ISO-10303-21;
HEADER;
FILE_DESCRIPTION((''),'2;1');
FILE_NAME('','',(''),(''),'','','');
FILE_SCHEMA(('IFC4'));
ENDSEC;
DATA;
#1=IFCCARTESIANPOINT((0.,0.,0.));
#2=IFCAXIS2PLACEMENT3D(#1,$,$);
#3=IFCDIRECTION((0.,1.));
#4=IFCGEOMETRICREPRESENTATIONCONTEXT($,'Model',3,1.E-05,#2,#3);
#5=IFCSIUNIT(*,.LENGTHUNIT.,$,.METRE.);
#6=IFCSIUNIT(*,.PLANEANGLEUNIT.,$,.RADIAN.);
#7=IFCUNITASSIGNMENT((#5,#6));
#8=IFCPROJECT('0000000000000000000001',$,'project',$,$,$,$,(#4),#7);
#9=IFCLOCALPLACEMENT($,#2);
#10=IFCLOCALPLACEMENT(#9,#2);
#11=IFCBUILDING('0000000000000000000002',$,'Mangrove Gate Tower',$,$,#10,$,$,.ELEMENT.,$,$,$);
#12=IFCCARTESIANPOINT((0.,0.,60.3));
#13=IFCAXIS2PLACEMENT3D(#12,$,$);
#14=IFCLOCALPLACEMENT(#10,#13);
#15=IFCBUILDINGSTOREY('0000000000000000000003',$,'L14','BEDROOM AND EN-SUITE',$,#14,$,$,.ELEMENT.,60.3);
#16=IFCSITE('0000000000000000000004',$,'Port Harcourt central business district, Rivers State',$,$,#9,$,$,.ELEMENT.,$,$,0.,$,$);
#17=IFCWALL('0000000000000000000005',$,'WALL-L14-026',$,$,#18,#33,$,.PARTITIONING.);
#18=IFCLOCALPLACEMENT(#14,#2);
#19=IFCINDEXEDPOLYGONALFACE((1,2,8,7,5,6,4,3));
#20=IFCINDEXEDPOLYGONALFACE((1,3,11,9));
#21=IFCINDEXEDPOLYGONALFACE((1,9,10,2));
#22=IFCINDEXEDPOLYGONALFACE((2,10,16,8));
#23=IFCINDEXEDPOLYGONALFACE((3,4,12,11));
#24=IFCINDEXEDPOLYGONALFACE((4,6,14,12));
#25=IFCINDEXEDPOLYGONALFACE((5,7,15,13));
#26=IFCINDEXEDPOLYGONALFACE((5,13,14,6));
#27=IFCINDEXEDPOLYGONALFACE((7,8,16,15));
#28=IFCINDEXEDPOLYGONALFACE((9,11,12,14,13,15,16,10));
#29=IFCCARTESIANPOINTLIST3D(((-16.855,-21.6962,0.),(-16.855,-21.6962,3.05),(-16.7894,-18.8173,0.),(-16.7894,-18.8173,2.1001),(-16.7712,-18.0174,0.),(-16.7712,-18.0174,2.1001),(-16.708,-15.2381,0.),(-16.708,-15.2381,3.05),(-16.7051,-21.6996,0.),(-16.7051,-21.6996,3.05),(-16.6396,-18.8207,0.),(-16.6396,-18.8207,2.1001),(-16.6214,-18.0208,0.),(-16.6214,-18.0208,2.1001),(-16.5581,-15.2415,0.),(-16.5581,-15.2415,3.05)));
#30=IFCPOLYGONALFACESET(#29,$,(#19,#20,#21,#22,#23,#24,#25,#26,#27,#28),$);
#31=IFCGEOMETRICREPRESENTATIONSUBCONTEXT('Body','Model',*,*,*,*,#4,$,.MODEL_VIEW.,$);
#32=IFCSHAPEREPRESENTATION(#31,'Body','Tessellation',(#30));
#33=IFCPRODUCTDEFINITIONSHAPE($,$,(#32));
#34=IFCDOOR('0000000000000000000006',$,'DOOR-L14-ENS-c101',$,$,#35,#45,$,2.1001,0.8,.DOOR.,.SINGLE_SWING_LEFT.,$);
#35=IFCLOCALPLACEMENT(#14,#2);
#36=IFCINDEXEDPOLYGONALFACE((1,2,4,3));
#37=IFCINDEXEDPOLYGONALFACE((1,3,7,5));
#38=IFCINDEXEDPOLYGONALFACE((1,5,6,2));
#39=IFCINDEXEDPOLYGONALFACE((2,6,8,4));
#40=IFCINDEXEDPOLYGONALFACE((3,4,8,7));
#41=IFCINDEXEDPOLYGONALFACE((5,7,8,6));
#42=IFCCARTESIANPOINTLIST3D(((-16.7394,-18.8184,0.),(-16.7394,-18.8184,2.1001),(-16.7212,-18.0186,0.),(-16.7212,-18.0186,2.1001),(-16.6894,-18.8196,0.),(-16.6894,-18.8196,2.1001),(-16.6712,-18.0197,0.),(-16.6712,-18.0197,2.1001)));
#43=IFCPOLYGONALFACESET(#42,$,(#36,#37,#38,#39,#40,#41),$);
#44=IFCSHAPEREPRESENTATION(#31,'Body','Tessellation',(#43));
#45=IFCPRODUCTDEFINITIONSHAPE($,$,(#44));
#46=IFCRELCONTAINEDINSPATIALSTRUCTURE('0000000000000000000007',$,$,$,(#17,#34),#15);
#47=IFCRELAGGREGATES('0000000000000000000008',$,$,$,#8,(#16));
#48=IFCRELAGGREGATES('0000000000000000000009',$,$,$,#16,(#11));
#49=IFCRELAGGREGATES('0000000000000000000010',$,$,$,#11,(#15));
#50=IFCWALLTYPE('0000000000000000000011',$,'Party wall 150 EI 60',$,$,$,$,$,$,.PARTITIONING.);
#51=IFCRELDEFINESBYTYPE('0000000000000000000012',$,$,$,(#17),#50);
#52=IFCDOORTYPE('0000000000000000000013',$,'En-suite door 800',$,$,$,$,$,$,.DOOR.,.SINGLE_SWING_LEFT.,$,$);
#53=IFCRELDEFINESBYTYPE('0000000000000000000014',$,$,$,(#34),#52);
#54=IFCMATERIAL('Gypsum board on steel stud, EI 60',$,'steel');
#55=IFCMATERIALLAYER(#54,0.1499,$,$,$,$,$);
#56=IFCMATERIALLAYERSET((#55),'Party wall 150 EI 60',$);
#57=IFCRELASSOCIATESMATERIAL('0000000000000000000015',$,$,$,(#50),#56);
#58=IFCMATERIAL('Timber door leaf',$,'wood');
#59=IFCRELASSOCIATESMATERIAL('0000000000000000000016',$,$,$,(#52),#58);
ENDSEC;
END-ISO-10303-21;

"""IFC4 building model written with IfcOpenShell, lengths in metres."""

from ifc_helpers import new_model, si_unit, direction, frame, frame_2d, origin, place, context, subcontext, project, spatial, rectangle, extrude, material, layer, layer_set, type_object, element, fill, save


model = new_model("IFC4")

# Units and contexts
model_context = context("Model", 3, precision=1e-05, world=origin(), true_north=direction((0.0, 1.0)))
body_context = subcontext(model_context, "Body", "Model", "MODEL_VIEW")
ifc_project = project(units=[si_unit("LENGTHUNIT", "METRE"), si_unit("PLANEANGLEUNIT", "RADIAN")], contexts=[model_context])

# Site, building, storey
site_placement = place(None, origin())
site = spatial("IfcSite", under=ifc_project, at=site_placement, Name="Port Harcourt central business district, Rivers State", CompositionType="ELEMENT", RefElevation=0.0)
building_placement = place(site_placement, origin())
building = spatial("IfcBuilding", under=site, at=building_placement, Name="Mangrove Gate Tower", CompositionType="ELEMENT")
storey_placement = place(building_placement, frame((0.0, 0.0, 60.3)))
storey = spatial("IfcBuildingStorey", under=building, at=storey_placement, Name="L14", Description="BEDROOM AND EN-SUITE", CompositionType="ELEMENT", Elevation=60.3)

# Shared definitions
ifc_material_1 = material(Name="Gypsum board on steel stud, EI 60", Category="steel")
ifc_layer_1 = layer(ifc_material_1, 0.1499)
ifc_layer_set_1 = layer_set([ifc_layer_1], Name="Party wall 150 EI 60")
wall_type_1 = type_object("IfcWallType", Name="Party wall 150 EI 60", PredefinedType="PARTITIONING", material=ifc_layer_set_1)

# Wall, opening, door
wall_1_placement = place(storey_placement, frame((-16.78, -21.698, 0.0), z_axis=(0.0, 0.0, 1.0), x_axis=(0.022752, 0.999741, 0.0)))
wall_1 = element("IfcWall", 1, at=wall_1_placement, inside=storey, type_object=wall_type_1, Name="WALL-L14-026", PredefinedType="PARTITIONING", context=body_context, shape_type="SweptSolid", body=[
    extrude(rectangle(XDim=6.4597, YDim=0.1499, at=frame_2d((3.23, 0.0))), origin(), (0.0, 0.0, 1.0), 3.05),
])
opening_1_placement = place(wall_1_placement, frame((2.8799, 0.0, 0.0)))
opening_1 = element("IfcOpeningElement", 2, at=opening_1_placement, cuts=wall_1, PredefinedType="OPENING", context=body_context, shape_type="SweptSolid", body=[
    extrude(rectangle(XDim=0.8, YDim=2.1001, at=frame_2d((0.3999, 1.05))), frame((0.0, 0.085, 0.0), z_axis=(0.0, -1.0, 0.0), x_axis=(1.0, 0.0, 0.0)), (0.0, 0.0, 1.0), 0.1699),
])
ifc_material_2 = material(Name="Timber door leaf", Category="wood")
door_type_1 = type_object("IfcDoorType", Name="En-suite door 800", OperationType="SINGLE_SWING_LEFT", PredefinedType="DOOR", material=ifc_material_2)
door_1_placement = place(opening_1_placement, origin())
door_1 = element("IfcDoor", 3, at=door_1_placement, inside=storey, type_object=door_type_1, Name="DOOR-L14-ENS-c101", OperationType="SINGLE_SWING_LEFT", OverallHeight=2.1001, OverallWidth=0.8, PredefinedType="DOOR", context=body_context, shape_type="SweptSolid", body=[
    extrude(rectangle(XDim=0.8, YDim=2.1001, at=frame_2d((0.3999, 1.05))), frame((0.0, 0.0249, 0.0), z_axis=(0.0, -1.0, 0.0), x_axis=(1.0, 0.0, 0.0)), (0.0, 0.0, 1.0), 0.05),
])
fill(opening_1, door_1)

save(model, "model.ifc")
